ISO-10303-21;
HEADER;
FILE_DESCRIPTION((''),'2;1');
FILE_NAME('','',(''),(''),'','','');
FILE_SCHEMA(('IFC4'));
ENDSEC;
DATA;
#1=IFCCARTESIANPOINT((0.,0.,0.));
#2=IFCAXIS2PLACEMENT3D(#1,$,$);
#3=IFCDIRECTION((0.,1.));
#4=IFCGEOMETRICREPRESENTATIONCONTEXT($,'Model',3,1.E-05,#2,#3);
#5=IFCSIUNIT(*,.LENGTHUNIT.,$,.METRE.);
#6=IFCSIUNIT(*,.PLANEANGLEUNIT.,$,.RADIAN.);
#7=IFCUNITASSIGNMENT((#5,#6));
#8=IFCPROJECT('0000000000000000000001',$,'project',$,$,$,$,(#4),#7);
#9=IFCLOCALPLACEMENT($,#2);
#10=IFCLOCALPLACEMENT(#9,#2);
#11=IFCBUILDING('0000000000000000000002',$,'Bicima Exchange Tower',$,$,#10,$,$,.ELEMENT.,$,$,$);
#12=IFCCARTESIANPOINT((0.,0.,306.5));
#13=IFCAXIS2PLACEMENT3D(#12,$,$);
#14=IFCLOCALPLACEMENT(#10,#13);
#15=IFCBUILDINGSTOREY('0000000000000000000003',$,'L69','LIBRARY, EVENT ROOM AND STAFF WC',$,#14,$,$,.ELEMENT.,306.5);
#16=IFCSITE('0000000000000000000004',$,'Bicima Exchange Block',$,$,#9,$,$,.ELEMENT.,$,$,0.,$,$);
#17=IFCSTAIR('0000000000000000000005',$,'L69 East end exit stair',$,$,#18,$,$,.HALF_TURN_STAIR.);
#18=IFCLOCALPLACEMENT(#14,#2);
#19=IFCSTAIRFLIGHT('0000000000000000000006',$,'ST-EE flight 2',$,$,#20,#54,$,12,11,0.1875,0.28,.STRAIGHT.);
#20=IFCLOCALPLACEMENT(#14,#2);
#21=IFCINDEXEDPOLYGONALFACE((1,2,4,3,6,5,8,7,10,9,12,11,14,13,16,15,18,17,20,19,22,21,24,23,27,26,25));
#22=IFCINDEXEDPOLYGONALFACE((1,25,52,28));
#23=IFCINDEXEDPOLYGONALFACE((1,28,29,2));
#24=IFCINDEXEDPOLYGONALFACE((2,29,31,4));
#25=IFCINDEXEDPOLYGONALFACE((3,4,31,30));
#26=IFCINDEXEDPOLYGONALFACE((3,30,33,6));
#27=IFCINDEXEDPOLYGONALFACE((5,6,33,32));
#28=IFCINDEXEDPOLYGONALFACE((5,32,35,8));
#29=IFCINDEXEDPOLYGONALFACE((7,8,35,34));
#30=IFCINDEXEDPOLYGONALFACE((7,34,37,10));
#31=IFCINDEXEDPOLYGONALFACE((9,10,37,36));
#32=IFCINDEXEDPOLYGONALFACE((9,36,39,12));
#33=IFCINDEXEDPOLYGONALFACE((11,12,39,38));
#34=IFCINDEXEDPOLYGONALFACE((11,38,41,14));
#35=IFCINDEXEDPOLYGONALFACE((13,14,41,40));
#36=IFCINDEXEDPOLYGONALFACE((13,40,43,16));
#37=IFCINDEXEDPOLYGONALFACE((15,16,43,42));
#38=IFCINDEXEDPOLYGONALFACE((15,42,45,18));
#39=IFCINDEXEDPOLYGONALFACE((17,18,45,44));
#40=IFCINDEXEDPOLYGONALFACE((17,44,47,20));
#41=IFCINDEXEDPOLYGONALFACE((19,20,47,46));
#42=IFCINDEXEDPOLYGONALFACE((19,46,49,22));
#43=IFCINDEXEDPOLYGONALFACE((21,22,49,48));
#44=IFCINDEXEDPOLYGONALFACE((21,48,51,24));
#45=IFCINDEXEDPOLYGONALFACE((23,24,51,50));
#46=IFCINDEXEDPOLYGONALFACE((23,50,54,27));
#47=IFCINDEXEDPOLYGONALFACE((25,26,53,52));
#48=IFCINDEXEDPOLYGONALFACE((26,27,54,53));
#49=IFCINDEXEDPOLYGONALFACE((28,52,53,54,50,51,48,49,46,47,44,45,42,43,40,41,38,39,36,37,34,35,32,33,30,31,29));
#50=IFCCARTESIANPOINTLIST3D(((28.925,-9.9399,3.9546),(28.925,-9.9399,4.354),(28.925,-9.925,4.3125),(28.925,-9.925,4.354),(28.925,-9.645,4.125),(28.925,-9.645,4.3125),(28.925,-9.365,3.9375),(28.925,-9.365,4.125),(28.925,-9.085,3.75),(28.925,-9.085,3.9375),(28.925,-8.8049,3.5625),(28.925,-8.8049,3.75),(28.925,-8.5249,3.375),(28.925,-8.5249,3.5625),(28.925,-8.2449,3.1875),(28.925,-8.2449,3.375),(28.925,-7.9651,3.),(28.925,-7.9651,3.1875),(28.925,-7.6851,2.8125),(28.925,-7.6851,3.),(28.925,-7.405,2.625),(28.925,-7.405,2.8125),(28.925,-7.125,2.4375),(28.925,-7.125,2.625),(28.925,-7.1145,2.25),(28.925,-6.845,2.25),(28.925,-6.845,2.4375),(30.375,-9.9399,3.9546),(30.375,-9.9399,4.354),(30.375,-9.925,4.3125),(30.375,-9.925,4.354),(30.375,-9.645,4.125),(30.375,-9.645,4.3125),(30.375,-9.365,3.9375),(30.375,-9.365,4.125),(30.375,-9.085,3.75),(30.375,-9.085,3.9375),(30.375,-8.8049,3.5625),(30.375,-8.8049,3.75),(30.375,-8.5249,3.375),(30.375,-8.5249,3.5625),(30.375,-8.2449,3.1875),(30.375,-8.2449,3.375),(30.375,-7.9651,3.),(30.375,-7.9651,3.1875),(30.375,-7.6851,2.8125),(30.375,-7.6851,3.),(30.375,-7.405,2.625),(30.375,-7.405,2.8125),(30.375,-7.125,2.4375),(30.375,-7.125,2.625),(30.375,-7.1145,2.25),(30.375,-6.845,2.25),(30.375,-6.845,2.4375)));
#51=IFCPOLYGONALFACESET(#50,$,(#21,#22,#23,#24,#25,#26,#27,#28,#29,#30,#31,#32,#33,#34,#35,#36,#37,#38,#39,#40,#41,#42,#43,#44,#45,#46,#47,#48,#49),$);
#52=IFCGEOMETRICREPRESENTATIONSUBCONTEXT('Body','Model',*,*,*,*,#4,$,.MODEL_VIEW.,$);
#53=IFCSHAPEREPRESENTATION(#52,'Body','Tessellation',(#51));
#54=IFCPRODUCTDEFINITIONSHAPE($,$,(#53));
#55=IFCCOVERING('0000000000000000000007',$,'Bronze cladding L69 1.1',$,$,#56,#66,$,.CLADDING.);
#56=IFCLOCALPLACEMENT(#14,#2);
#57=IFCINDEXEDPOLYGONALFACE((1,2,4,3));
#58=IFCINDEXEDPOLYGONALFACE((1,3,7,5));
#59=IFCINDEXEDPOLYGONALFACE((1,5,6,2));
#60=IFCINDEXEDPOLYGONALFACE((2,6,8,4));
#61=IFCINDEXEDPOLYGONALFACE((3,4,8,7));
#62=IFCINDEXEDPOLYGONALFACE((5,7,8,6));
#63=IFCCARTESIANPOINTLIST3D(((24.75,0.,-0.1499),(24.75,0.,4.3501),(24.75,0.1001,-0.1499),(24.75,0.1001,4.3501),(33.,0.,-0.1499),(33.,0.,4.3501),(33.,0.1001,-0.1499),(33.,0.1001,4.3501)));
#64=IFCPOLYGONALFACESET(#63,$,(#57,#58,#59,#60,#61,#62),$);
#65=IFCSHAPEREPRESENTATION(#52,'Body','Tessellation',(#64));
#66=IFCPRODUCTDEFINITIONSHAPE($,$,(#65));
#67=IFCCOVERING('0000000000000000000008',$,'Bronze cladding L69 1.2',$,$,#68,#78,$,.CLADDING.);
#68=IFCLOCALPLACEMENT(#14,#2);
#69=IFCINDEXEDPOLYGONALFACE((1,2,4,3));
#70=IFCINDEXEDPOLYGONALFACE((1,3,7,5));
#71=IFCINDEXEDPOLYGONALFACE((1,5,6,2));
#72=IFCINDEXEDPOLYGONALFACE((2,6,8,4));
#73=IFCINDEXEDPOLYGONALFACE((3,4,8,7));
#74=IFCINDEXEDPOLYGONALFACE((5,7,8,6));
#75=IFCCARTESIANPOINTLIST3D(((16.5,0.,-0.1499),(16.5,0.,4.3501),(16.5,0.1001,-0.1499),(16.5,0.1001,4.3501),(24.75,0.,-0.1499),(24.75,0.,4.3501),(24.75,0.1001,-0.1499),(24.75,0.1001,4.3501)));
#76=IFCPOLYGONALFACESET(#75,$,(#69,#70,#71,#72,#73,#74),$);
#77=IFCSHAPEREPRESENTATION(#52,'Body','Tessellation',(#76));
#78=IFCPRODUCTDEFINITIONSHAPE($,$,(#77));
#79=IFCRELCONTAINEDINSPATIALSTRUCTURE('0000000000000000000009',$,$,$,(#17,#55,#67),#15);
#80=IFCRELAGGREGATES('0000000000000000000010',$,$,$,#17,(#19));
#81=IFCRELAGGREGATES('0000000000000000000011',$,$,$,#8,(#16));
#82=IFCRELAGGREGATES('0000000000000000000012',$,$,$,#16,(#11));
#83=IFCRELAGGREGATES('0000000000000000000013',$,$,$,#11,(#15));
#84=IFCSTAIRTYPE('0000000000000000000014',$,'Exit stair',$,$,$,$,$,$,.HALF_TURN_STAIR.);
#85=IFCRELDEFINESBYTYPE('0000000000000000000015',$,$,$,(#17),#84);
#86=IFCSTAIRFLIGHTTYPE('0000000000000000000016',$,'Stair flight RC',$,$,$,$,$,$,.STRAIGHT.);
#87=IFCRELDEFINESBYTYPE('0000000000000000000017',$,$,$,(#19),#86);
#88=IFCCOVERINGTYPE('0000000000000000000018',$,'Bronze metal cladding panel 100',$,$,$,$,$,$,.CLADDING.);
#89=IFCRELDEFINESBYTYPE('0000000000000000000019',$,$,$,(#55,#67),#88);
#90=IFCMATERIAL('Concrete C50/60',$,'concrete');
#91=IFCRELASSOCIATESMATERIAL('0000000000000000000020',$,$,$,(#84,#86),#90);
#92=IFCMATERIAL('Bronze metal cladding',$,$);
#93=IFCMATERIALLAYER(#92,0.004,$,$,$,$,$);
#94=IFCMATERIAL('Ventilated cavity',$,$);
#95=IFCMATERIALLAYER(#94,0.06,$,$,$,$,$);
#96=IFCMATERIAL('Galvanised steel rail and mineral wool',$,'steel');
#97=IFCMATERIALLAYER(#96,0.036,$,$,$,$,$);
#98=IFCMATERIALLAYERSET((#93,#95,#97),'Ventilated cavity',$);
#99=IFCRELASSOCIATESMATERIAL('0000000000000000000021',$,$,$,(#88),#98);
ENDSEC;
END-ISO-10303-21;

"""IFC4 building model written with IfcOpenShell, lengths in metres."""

from ifc_helpers import new_model, si_unit, direction, frame, origin, origin_2d, place, context, subcontext, project, spatial, polyline, rectangle, outline, extrude, material, layer, layer_set, type_object, element, aggregate, save


model = new_model("IFC4")

# Units and contexts
model_context = context("Model", 3, precision=1e-05, world=origin(), true_north=direction((0.0, 1.0)))
body_context = subcontext(model_context, "Body", "Model", "MODEL_VIEW")
ifc_project = project(units=[si_unit("LENGTHUNIT", "METRE"), si_unit("PLANEANGLEUNIT", "RADIAN")], contexts=[model_context])

# Site, building, storey
site_placement = place(None, origin())
site = spatial("IfcSite", under=ifc_project, at=site_placement, Name="Bicima Exchange Block", CompositionType="ELEMENT", RefElevation=0.0)
building_placement = place(site_placement, origin())
building = spatial("IfcBuilding", under=site, at=building_placement, Name="Bicima Exchange Tower", CompositionType="ELEMENT")
storey_placement = place(building_placement, frame((0.0, 0.0, 306.5)))
storey = spatial("IfcBuildingStorey", under=building, at=storey_placement, Name="L69", Description="LIBRARY, EVENT ROOM AND STAFF WC", CompositionType="ELEMENT", Elevation=306.5)

# Shared definitions
ifc_material_1 = material(Name="Concrete C50/60", Category="concrete")

# Stair, stair flight
stair_type = type_object("IfcStairType", Name="Exit stair", PredefinedType="HALF_TURN_STAIR", material=ifc_material_1)
stair_flight_type = type_object("IfcStairFlightType", Name="Stair flight RC", PredefinedType="STRAIGHT", material=ifc_material_1)
stair_1_placement = place(storey_placement, origin())
stair_1 = element("IfcStair", 1, at=stair_1_placement, inside=storey, type_object=stair_type, Name="L69 East end exit stair", PredefinedType="HALF_TURN_STAIR")
stair_flight_1_placement = place(storey_placement, frame((29.6499, -6.845, 2.25), z_axis=(0.0, 0.0, 1.0), x_axis=(0.0, -1.0, 0.0)))
stair_flight_1 = element("IfcStairFlight", 2, at=stair_flight_1_placement, type_object=stair_flight_type, Name="ST-EE flight 2", NumberOfRisers=12, NumberOfTreads=11, PredefinedType="STRAIGHT", RiserHeight=0.1875, TreadLength=0.28, context=body_context, shape_type="SweptSolid", body=[
    extrude(outline(polyline([(0.0, 0.0), (0.0, 0.1875), (0.28, 0.1875), (0.28, 0.375), (0.5601, 0.375), (0.5601, 0.5625), (0.8401, 0.5625), (0.8401, 0.75), (1.1201, 0.75), (1.1201, 0.9375), (1.3999, 0.9375), (1.3999, 1.125), (1.6799, 1.125), (1.6799, 1.3125), (1.96, 1.3125), (1.96, 1.5), (2.24, 1.5), (2.24, 1.6875), (2.52, 1.6875), (2.52, 1.875), (2.8, 1.875), (2.8, 2.0625), (3.0801, 2.0625), (3.0801, 2.104), (3.095, 2.104), (3.095, 1.7046), (0.2695, 0.0), (0.0, 0.0)])), frame((0.0, 0.7251, 0.0), z_axis=(0.0, -1.0, 0.0), x_axis=(1.0, 0.0, 0.0)), (0.0, 0.0, 1.0), 1.45),
])
aggregate(stair_1, [stair_flight_1])

# Coverings
ifc_material_2 = material(Name="Bronze metal cladding")
ifc_layer_1 = layer(ifc_material_2, 0.004)
ifc_material_3 = material(Name="Ventilated cavity")
ifc_layer_2 = layer(ifc_material_3, 0.06)
ifc_material_4 = material(Name="Galvanised steel rail and mineral wool", Category="steel")
ifc_layer_3 = layer(ifc_material_4, 0.036)
ifc_layer_set_1 = layer_set([ifc_layer_1, ifc_layer_2, ifc_layer_3], Name="Ventilated cavity")
covering_type = type_object("IfcCoveringType", Name="Bronze metal cladding panel 100", PredefinedType="CLADDING", material=ifc_layer_set_1)
for number, where, z_axis, x_axis, name in (
    (3, (28.875, 0.05, -0.1499), (0.0, 0.0, 1.0), (-1.0, 0.0, 0.0), "Bronze cladding L69 1.1"),
    (4, (20.625, 0.05, -0.1499), (0.0, 0.0, 1.0), (-1.0, 0.0, 0.0), "Bronze cladding L69 1.2"),
):
    element("IfcCovering", number, at=place(storey_placement, frame(where, z_axis=z_axis, x_axis=x_axis)), inside=storey, type_object=covering_type, Name=name, PredefinedType="CLADDING", context=body_context, shape_type="SweptSolid", body=[
        extrude(rectangle(XDim=8.25, YDim=0.1001, at=origin_2d()), origin(), (0.0, 0.0, 1.0), 4.5),
    ])

save(model, "model.ifc")
